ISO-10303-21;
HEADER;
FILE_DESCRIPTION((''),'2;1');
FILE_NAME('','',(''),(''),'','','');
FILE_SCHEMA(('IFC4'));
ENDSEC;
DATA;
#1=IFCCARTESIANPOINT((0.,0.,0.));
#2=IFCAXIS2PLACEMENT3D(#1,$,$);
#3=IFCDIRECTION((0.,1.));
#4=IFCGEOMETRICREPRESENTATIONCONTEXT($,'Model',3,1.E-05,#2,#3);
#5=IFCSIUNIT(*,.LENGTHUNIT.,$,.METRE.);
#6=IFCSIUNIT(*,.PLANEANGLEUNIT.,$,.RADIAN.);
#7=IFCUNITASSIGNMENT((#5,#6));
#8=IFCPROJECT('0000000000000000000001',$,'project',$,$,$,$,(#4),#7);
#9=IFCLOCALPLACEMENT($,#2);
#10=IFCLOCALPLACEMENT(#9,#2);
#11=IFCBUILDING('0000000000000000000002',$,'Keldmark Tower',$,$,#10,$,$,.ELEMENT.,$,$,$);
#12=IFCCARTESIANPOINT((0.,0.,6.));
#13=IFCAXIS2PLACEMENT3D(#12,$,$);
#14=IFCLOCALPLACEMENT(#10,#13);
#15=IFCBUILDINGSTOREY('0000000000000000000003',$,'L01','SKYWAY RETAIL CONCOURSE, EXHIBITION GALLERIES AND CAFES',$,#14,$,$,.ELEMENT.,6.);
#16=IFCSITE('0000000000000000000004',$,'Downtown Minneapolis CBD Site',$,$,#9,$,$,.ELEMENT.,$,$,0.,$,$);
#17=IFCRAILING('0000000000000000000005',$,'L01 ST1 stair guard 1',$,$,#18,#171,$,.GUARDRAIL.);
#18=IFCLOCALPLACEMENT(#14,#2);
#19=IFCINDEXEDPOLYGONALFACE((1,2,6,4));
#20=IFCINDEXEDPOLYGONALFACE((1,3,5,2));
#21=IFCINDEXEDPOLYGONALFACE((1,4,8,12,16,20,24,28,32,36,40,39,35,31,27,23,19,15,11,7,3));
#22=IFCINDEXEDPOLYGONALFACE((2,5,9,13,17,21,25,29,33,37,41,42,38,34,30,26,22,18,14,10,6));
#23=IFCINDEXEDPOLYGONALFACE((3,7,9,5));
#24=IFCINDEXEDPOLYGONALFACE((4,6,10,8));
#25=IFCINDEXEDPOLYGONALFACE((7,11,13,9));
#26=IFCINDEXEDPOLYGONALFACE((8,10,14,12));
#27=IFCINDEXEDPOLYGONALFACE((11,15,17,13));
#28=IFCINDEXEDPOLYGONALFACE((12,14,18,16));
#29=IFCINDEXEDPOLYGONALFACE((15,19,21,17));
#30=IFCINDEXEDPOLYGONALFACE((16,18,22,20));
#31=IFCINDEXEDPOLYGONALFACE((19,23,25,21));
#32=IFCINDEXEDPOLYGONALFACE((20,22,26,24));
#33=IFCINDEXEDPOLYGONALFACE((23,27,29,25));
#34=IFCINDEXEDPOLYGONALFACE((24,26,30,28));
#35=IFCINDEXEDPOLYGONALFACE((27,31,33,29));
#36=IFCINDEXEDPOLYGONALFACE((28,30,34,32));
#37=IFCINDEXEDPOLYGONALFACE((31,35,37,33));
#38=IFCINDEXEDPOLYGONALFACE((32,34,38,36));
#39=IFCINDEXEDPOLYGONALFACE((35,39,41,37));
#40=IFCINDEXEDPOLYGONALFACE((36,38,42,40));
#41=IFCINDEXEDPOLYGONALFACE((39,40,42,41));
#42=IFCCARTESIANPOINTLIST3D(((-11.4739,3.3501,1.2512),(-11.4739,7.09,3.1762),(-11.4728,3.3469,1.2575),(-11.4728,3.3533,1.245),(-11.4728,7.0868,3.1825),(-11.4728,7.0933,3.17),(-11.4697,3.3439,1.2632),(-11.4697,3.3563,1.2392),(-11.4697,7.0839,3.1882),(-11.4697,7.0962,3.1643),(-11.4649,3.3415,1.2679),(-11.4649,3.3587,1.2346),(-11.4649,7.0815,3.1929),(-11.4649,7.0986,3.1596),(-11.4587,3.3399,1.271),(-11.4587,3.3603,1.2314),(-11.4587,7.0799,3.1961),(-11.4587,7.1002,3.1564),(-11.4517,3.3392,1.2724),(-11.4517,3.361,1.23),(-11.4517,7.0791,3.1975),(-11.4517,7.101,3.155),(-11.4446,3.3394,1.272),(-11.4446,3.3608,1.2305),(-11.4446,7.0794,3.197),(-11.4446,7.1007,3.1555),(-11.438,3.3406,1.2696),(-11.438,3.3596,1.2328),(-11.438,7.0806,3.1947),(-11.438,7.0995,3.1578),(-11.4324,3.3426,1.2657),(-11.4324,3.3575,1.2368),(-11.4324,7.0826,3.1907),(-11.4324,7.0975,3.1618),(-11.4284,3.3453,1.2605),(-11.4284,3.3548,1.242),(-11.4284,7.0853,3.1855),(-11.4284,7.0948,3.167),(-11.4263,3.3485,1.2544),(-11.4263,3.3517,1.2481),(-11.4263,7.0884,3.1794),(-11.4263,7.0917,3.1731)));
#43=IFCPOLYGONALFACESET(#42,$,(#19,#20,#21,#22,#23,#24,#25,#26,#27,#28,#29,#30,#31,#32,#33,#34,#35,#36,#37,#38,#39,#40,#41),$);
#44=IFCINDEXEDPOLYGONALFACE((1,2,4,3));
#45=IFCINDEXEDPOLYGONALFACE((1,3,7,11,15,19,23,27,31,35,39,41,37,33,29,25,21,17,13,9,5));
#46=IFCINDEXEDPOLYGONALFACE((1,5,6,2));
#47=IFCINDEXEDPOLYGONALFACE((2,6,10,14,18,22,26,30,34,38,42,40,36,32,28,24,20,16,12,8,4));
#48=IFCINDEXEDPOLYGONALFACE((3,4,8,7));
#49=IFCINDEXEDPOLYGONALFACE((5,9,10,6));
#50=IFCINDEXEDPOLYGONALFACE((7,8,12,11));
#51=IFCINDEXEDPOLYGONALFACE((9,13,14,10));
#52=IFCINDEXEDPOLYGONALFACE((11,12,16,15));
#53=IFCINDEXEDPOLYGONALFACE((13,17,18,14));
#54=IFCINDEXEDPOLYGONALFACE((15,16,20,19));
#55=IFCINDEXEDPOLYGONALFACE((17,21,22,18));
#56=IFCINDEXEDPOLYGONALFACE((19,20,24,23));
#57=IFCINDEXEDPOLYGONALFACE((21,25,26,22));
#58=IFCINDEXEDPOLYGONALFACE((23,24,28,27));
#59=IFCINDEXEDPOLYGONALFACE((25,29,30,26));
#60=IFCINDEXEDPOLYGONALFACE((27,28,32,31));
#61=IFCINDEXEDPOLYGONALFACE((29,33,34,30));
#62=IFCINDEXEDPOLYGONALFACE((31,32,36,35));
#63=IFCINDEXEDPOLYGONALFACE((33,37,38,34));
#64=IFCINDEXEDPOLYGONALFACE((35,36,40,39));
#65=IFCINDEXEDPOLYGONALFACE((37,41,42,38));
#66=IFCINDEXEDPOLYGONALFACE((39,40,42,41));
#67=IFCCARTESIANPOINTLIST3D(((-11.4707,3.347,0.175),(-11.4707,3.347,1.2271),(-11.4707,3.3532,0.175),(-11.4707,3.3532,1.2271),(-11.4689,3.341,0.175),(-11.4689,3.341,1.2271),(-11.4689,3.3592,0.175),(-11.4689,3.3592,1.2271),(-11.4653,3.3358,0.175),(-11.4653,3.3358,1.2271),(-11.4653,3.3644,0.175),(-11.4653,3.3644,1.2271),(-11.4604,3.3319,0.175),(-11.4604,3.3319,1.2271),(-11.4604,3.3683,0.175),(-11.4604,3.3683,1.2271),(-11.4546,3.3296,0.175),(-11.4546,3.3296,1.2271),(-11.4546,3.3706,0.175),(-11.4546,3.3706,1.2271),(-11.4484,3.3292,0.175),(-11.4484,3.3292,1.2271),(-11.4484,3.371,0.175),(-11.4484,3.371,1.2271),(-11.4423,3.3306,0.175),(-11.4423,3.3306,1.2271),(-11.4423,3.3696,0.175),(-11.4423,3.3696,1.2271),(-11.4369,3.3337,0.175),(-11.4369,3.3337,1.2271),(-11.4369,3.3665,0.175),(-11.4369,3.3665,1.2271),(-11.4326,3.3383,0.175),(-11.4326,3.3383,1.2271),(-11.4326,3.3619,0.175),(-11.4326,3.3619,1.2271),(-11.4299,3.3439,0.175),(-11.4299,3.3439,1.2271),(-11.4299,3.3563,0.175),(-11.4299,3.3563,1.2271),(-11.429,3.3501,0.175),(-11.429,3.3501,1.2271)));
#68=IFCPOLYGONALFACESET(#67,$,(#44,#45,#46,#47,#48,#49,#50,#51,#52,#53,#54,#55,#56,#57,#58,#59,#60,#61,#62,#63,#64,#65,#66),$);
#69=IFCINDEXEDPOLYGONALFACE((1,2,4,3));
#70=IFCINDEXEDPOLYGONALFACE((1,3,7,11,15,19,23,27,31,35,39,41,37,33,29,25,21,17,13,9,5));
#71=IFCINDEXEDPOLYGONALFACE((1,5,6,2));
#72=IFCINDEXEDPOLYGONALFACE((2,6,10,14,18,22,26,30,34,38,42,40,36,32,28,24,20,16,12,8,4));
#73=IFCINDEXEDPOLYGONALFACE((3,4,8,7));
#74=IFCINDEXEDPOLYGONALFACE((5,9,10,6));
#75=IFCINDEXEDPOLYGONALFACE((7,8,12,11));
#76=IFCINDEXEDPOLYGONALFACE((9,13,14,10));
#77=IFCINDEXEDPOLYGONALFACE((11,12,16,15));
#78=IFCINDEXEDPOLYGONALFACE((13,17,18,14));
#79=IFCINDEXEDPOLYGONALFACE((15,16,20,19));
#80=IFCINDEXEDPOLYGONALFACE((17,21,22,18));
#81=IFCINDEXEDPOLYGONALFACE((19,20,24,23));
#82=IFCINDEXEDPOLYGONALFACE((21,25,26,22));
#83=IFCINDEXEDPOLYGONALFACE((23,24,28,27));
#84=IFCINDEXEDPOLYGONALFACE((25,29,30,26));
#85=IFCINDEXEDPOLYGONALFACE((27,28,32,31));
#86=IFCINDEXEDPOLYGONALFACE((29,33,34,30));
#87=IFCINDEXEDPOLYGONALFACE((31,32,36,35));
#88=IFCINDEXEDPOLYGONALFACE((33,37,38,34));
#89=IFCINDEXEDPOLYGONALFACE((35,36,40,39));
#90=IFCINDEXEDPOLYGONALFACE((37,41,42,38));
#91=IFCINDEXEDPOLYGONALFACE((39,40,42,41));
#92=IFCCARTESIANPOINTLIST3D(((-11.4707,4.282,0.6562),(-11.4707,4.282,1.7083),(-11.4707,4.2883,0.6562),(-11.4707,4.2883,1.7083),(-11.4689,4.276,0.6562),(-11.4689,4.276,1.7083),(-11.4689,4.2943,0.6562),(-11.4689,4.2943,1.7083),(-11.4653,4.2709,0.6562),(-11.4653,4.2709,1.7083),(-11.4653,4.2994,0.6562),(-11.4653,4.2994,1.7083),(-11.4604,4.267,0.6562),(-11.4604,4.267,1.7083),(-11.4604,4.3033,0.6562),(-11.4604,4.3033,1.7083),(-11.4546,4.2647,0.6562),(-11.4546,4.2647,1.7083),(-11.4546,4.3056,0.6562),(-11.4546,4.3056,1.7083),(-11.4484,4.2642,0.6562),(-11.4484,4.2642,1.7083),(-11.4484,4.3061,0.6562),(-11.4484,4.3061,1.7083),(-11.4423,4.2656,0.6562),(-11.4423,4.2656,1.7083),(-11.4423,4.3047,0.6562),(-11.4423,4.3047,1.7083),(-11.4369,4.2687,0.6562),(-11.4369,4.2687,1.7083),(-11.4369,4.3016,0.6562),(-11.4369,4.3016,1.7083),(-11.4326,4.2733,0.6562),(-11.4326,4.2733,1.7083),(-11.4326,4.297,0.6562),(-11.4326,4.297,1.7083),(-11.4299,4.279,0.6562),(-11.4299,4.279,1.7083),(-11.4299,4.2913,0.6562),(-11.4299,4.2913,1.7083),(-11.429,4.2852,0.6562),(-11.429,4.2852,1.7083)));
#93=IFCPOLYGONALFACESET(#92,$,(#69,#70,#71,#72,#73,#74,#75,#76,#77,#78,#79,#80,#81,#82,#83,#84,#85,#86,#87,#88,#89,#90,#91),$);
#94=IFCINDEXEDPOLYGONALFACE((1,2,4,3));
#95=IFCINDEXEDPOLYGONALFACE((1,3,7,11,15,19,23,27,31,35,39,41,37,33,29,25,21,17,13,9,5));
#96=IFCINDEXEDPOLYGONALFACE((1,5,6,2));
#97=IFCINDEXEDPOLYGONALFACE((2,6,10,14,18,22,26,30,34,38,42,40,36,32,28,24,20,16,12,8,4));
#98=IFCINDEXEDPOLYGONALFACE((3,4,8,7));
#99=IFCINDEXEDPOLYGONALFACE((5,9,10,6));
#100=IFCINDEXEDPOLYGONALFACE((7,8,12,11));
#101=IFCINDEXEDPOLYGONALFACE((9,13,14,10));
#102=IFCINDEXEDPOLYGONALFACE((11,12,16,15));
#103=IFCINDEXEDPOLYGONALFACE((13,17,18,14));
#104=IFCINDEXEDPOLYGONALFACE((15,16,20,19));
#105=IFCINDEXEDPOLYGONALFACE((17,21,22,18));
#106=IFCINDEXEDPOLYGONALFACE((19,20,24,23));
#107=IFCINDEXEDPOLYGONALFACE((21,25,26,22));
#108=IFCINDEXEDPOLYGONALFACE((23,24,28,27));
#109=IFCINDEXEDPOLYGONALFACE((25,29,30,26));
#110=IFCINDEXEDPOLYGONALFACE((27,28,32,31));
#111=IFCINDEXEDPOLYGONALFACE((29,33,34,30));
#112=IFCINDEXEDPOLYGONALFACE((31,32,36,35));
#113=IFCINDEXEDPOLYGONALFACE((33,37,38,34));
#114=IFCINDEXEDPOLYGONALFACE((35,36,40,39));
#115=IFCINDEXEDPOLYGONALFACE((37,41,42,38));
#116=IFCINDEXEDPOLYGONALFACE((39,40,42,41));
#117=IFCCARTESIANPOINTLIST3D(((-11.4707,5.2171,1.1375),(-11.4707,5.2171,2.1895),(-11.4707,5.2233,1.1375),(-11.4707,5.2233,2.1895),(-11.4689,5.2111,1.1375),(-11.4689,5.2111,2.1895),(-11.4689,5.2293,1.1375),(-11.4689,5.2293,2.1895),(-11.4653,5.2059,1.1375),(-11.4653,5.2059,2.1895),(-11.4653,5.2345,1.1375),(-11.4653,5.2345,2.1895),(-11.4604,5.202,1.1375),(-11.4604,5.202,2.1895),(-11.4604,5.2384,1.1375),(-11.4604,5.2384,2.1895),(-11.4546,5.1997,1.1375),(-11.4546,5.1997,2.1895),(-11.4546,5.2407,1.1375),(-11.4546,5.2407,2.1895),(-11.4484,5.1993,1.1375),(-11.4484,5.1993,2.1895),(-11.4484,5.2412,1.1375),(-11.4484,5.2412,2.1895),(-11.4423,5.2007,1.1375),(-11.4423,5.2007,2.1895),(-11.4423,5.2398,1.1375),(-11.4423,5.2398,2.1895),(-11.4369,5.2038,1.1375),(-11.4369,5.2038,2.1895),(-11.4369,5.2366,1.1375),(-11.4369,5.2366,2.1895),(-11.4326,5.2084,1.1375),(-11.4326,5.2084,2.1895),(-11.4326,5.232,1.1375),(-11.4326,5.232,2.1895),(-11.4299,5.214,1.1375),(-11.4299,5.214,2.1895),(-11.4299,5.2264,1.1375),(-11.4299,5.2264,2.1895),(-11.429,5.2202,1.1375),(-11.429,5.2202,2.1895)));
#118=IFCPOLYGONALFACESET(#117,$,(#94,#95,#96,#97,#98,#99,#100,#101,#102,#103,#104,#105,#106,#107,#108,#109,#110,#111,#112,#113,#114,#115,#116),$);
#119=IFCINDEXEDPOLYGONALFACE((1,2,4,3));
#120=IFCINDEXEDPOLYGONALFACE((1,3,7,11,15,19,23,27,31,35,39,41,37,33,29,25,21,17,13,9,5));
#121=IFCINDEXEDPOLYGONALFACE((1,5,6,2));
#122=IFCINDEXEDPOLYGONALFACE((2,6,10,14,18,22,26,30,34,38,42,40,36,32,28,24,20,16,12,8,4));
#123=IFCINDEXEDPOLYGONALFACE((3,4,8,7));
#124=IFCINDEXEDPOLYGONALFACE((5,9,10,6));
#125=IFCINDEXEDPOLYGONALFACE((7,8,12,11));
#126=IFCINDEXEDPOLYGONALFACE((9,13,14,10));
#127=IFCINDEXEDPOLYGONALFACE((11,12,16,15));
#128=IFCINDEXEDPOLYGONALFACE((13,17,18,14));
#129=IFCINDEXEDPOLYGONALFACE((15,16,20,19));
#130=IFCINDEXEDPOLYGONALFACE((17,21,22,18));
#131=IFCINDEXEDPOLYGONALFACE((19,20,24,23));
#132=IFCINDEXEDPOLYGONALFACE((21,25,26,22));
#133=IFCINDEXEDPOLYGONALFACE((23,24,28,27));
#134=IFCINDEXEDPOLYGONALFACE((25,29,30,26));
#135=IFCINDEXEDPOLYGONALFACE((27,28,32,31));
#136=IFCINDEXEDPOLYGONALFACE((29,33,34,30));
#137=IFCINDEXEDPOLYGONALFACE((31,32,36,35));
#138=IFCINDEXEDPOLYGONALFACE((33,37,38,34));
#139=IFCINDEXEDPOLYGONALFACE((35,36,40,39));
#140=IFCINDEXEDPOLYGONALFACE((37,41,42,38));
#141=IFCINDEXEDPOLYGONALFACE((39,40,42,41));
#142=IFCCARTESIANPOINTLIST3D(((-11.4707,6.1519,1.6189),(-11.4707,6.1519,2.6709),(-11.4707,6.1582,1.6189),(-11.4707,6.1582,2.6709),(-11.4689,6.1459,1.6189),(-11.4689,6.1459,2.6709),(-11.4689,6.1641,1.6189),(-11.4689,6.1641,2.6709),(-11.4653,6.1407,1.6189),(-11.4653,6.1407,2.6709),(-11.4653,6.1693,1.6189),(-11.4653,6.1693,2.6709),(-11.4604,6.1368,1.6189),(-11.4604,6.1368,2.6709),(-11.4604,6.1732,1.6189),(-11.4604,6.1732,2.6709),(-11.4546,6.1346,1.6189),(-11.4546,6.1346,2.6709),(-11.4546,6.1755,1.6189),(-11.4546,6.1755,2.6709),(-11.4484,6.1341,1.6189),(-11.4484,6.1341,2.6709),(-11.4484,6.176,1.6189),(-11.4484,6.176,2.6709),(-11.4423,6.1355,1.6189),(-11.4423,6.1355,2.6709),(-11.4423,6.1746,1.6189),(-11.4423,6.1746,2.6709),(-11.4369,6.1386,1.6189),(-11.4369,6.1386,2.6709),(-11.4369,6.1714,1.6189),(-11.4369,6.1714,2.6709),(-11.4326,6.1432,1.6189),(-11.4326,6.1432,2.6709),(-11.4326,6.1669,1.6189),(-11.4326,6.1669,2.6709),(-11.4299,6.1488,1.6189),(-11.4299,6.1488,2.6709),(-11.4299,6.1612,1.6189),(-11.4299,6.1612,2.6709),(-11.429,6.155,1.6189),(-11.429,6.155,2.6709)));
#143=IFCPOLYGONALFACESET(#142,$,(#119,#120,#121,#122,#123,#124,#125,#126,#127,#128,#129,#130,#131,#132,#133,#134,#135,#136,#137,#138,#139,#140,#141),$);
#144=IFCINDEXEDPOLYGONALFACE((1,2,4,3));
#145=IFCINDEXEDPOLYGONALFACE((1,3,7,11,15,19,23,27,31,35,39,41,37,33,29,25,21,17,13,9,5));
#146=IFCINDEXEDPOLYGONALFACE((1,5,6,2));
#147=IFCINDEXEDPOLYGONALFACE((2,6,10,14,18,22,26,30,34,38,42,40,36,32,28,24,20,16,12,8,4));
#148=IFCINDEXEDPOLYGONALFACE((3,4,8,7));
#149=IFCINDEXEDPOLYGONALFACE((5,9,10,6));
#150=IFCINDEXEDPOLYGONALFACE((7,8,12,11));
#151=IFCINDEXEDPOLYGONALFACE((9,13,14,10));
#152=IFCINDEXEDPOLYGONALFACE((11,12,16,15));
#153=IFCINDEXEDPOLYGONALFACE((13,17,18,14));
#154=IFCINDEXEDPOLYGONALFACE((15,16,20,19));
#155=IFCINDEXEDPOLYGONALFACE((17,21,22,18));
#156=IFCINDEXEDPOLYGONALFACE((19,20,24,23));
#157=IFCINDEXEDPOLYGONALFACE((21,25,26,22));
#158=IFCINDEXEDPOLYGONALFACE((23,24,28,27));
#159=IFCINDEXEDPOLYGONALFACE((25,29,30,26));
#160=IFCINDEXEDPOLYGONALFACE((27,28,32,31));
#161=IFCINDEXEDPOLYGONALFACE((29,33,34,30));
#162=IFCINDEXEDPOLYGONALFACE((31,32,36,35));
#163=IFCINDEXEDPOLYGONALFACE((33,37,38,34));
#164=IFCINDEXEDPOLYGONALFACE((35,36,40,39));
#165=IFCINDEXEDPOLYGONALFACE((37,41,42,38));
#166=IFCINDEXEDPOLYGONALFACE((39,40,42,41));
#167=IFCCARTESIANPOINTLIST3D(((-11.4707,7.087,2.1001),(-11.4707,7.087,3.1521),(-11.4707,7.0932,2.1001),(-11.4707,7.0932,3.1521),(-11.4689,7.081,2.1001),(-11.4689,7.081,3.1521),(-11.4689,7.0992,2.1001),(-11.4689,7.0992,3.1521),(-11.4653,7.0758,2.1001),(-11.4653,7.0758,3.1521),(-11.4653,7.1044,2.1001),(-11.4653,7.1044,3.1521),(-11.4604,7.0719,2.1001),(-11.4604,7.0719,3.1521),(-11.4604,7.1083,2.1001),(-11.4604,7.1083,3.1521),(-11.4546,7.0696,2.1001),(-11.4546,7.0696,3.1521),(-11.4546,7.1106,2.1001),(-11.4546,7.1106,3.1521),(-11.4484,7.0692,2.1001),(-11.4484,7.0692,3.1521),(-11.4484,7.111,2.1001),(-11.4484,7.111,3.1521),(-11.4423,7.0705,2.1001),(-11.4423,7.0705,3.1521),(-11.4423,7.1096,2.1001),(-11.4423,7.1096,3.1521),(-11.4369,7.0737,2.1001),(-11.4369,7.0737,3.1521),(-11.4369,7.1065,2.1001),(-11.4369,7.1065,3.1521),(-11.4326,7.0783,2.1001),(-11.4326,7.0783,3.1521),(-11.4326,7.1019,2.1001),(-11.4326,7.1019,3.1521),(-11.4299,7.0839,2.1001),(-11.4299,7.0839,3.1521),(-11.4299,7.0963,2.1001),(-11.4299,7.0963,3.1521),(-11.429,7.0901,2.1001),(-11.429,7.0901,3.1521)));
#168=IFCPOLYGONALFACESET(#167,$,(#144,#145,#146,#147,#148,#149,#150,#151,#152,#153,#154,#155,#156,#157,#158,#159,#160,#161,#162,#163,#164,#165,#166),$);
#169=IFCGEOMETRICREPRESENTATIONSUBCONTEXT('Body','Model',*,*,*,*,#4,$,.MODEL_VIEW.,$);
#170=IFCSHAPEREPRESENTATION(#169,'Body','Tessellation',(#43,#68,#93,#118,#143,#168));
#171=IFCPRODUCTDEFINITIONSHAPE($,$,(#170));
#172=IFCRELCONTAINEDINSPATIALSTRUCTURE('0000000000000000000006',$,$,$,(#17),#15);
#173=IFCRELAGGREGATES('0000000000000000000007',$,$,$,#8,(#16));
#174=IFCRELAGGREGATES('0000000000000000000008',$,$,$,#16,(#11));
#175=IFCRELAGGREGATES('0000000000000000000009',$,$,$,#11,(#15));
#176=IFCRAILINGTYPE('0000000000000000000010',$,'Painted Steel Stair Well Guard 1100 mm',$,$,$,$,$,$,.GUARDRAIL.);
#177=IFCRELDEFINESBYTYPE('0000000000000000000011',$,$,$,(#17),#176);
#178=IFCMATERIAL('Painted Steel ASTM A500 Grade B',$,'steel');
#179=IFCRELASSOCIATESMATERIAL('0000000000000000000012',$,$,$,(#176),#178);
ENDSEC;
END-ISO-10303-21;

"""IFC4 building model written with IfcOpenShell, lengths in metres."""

from ifc_helpers import new_model, si_unit, direction, frame, origin, origin_2d, place, context, subcontext, project, spatial, circle, extrude, material, type_object, element, save


model = new_model("IFC4")

# Units and contexts
model_context = context("Model", 3, precision=1e-05, world=origin(), true_north=direction((0.0, 1.0)))
body_context = subcontext(model_context, "Body", "Model", "MODEL_VIEW")
ifc_project = project(units=[si_unit("LENGTHUNIT", "METRE"), si_unit("PLANEANGLEUNIT", "RADIAN")], contexts=[model_context])

# Site, building, storey
site_placement = place(None, origin())
site = spatial("IfcSite", under=ifc_project, at=site_placement, Name="Downtown Minneapolis CBD Site", CompositionType="ELEMENT", RefElevation=0.0)
building_placement = place(site_placement, origin())
building = spatial("IfcBuilding", under=site, at=building_placement, Name="Keldmark Tower", CompositionType="ELEMENT")
storey_placement = place(building_placement, frame((0.0, 0.0, 6.0)))
storey = spatial("IfcBuildingStorey", under=building, at=storey_placement, Name="L01", Description="SKYWAY RETAIL CONCOURSE, EXHIBITION GALLERIES AND CAFES", CompositionType="ELEMENT", Elevation=6.0)

# Railing
ifc_material_1 = material(Name="Painted Steel ASTM A500 Grade B", Category="steel")
railing_type_1 = type_object("IfcRailingType", Name="Painted Steel Stair Well Guard 1100 mm", PredefinedType="GUARDRAIL", material=ifc_material_1)
railing_1_placement = place(storey_placement, frame((-11.45, 3.3501, 0.175)))
element("IfcRailing", 1, at=railing_1_placement, inside=storey, type_object=railing_type_1, Name="L01 ST1 stair guard 1", PredefinedType="GUARDRAIL", context=body_context, shape_type="SweptSolid", body=[
    extrude(circle(Radius=0.0239, at=origin_2d()), frame((0.0, 0.0, 1.0762), z_axis=(0.0, 0.889131, 0.457654), x_axis=(-1.0, 0.0, 0.0)), (0.0, 0.0, 1.0), 4.2063),
    extrude(circle(Radius=0.021, at=origin_2d()), origin(), (0.0, 0.0, 1.0), 1.052),
    extrude(circle(Radius=0.021, at=origin_2d()), frame((0.0, 0.9351, 0.4812)), (0.0, 0.0, 1.0), 1.052),
    extrude(circle(Radius=0.021, at=origin_2d()), frame((0.0, 1.8701, 0.9624)), (0.0, 0.0, 1.0), 1.052),
    extrude(circle(Radius=0.021, at=origin_2d()), frame((0.0, 2.8049, 1.4438)), (0.0, 0.0, 1.0), 1.052),
    extrude(circle(Radius=0.021, at=origin_2d()), frame((0.0, 3.74, 1.925)), (0.0, 0.0, 1.0), 1.052),
])

save(model, "model.ifc")
